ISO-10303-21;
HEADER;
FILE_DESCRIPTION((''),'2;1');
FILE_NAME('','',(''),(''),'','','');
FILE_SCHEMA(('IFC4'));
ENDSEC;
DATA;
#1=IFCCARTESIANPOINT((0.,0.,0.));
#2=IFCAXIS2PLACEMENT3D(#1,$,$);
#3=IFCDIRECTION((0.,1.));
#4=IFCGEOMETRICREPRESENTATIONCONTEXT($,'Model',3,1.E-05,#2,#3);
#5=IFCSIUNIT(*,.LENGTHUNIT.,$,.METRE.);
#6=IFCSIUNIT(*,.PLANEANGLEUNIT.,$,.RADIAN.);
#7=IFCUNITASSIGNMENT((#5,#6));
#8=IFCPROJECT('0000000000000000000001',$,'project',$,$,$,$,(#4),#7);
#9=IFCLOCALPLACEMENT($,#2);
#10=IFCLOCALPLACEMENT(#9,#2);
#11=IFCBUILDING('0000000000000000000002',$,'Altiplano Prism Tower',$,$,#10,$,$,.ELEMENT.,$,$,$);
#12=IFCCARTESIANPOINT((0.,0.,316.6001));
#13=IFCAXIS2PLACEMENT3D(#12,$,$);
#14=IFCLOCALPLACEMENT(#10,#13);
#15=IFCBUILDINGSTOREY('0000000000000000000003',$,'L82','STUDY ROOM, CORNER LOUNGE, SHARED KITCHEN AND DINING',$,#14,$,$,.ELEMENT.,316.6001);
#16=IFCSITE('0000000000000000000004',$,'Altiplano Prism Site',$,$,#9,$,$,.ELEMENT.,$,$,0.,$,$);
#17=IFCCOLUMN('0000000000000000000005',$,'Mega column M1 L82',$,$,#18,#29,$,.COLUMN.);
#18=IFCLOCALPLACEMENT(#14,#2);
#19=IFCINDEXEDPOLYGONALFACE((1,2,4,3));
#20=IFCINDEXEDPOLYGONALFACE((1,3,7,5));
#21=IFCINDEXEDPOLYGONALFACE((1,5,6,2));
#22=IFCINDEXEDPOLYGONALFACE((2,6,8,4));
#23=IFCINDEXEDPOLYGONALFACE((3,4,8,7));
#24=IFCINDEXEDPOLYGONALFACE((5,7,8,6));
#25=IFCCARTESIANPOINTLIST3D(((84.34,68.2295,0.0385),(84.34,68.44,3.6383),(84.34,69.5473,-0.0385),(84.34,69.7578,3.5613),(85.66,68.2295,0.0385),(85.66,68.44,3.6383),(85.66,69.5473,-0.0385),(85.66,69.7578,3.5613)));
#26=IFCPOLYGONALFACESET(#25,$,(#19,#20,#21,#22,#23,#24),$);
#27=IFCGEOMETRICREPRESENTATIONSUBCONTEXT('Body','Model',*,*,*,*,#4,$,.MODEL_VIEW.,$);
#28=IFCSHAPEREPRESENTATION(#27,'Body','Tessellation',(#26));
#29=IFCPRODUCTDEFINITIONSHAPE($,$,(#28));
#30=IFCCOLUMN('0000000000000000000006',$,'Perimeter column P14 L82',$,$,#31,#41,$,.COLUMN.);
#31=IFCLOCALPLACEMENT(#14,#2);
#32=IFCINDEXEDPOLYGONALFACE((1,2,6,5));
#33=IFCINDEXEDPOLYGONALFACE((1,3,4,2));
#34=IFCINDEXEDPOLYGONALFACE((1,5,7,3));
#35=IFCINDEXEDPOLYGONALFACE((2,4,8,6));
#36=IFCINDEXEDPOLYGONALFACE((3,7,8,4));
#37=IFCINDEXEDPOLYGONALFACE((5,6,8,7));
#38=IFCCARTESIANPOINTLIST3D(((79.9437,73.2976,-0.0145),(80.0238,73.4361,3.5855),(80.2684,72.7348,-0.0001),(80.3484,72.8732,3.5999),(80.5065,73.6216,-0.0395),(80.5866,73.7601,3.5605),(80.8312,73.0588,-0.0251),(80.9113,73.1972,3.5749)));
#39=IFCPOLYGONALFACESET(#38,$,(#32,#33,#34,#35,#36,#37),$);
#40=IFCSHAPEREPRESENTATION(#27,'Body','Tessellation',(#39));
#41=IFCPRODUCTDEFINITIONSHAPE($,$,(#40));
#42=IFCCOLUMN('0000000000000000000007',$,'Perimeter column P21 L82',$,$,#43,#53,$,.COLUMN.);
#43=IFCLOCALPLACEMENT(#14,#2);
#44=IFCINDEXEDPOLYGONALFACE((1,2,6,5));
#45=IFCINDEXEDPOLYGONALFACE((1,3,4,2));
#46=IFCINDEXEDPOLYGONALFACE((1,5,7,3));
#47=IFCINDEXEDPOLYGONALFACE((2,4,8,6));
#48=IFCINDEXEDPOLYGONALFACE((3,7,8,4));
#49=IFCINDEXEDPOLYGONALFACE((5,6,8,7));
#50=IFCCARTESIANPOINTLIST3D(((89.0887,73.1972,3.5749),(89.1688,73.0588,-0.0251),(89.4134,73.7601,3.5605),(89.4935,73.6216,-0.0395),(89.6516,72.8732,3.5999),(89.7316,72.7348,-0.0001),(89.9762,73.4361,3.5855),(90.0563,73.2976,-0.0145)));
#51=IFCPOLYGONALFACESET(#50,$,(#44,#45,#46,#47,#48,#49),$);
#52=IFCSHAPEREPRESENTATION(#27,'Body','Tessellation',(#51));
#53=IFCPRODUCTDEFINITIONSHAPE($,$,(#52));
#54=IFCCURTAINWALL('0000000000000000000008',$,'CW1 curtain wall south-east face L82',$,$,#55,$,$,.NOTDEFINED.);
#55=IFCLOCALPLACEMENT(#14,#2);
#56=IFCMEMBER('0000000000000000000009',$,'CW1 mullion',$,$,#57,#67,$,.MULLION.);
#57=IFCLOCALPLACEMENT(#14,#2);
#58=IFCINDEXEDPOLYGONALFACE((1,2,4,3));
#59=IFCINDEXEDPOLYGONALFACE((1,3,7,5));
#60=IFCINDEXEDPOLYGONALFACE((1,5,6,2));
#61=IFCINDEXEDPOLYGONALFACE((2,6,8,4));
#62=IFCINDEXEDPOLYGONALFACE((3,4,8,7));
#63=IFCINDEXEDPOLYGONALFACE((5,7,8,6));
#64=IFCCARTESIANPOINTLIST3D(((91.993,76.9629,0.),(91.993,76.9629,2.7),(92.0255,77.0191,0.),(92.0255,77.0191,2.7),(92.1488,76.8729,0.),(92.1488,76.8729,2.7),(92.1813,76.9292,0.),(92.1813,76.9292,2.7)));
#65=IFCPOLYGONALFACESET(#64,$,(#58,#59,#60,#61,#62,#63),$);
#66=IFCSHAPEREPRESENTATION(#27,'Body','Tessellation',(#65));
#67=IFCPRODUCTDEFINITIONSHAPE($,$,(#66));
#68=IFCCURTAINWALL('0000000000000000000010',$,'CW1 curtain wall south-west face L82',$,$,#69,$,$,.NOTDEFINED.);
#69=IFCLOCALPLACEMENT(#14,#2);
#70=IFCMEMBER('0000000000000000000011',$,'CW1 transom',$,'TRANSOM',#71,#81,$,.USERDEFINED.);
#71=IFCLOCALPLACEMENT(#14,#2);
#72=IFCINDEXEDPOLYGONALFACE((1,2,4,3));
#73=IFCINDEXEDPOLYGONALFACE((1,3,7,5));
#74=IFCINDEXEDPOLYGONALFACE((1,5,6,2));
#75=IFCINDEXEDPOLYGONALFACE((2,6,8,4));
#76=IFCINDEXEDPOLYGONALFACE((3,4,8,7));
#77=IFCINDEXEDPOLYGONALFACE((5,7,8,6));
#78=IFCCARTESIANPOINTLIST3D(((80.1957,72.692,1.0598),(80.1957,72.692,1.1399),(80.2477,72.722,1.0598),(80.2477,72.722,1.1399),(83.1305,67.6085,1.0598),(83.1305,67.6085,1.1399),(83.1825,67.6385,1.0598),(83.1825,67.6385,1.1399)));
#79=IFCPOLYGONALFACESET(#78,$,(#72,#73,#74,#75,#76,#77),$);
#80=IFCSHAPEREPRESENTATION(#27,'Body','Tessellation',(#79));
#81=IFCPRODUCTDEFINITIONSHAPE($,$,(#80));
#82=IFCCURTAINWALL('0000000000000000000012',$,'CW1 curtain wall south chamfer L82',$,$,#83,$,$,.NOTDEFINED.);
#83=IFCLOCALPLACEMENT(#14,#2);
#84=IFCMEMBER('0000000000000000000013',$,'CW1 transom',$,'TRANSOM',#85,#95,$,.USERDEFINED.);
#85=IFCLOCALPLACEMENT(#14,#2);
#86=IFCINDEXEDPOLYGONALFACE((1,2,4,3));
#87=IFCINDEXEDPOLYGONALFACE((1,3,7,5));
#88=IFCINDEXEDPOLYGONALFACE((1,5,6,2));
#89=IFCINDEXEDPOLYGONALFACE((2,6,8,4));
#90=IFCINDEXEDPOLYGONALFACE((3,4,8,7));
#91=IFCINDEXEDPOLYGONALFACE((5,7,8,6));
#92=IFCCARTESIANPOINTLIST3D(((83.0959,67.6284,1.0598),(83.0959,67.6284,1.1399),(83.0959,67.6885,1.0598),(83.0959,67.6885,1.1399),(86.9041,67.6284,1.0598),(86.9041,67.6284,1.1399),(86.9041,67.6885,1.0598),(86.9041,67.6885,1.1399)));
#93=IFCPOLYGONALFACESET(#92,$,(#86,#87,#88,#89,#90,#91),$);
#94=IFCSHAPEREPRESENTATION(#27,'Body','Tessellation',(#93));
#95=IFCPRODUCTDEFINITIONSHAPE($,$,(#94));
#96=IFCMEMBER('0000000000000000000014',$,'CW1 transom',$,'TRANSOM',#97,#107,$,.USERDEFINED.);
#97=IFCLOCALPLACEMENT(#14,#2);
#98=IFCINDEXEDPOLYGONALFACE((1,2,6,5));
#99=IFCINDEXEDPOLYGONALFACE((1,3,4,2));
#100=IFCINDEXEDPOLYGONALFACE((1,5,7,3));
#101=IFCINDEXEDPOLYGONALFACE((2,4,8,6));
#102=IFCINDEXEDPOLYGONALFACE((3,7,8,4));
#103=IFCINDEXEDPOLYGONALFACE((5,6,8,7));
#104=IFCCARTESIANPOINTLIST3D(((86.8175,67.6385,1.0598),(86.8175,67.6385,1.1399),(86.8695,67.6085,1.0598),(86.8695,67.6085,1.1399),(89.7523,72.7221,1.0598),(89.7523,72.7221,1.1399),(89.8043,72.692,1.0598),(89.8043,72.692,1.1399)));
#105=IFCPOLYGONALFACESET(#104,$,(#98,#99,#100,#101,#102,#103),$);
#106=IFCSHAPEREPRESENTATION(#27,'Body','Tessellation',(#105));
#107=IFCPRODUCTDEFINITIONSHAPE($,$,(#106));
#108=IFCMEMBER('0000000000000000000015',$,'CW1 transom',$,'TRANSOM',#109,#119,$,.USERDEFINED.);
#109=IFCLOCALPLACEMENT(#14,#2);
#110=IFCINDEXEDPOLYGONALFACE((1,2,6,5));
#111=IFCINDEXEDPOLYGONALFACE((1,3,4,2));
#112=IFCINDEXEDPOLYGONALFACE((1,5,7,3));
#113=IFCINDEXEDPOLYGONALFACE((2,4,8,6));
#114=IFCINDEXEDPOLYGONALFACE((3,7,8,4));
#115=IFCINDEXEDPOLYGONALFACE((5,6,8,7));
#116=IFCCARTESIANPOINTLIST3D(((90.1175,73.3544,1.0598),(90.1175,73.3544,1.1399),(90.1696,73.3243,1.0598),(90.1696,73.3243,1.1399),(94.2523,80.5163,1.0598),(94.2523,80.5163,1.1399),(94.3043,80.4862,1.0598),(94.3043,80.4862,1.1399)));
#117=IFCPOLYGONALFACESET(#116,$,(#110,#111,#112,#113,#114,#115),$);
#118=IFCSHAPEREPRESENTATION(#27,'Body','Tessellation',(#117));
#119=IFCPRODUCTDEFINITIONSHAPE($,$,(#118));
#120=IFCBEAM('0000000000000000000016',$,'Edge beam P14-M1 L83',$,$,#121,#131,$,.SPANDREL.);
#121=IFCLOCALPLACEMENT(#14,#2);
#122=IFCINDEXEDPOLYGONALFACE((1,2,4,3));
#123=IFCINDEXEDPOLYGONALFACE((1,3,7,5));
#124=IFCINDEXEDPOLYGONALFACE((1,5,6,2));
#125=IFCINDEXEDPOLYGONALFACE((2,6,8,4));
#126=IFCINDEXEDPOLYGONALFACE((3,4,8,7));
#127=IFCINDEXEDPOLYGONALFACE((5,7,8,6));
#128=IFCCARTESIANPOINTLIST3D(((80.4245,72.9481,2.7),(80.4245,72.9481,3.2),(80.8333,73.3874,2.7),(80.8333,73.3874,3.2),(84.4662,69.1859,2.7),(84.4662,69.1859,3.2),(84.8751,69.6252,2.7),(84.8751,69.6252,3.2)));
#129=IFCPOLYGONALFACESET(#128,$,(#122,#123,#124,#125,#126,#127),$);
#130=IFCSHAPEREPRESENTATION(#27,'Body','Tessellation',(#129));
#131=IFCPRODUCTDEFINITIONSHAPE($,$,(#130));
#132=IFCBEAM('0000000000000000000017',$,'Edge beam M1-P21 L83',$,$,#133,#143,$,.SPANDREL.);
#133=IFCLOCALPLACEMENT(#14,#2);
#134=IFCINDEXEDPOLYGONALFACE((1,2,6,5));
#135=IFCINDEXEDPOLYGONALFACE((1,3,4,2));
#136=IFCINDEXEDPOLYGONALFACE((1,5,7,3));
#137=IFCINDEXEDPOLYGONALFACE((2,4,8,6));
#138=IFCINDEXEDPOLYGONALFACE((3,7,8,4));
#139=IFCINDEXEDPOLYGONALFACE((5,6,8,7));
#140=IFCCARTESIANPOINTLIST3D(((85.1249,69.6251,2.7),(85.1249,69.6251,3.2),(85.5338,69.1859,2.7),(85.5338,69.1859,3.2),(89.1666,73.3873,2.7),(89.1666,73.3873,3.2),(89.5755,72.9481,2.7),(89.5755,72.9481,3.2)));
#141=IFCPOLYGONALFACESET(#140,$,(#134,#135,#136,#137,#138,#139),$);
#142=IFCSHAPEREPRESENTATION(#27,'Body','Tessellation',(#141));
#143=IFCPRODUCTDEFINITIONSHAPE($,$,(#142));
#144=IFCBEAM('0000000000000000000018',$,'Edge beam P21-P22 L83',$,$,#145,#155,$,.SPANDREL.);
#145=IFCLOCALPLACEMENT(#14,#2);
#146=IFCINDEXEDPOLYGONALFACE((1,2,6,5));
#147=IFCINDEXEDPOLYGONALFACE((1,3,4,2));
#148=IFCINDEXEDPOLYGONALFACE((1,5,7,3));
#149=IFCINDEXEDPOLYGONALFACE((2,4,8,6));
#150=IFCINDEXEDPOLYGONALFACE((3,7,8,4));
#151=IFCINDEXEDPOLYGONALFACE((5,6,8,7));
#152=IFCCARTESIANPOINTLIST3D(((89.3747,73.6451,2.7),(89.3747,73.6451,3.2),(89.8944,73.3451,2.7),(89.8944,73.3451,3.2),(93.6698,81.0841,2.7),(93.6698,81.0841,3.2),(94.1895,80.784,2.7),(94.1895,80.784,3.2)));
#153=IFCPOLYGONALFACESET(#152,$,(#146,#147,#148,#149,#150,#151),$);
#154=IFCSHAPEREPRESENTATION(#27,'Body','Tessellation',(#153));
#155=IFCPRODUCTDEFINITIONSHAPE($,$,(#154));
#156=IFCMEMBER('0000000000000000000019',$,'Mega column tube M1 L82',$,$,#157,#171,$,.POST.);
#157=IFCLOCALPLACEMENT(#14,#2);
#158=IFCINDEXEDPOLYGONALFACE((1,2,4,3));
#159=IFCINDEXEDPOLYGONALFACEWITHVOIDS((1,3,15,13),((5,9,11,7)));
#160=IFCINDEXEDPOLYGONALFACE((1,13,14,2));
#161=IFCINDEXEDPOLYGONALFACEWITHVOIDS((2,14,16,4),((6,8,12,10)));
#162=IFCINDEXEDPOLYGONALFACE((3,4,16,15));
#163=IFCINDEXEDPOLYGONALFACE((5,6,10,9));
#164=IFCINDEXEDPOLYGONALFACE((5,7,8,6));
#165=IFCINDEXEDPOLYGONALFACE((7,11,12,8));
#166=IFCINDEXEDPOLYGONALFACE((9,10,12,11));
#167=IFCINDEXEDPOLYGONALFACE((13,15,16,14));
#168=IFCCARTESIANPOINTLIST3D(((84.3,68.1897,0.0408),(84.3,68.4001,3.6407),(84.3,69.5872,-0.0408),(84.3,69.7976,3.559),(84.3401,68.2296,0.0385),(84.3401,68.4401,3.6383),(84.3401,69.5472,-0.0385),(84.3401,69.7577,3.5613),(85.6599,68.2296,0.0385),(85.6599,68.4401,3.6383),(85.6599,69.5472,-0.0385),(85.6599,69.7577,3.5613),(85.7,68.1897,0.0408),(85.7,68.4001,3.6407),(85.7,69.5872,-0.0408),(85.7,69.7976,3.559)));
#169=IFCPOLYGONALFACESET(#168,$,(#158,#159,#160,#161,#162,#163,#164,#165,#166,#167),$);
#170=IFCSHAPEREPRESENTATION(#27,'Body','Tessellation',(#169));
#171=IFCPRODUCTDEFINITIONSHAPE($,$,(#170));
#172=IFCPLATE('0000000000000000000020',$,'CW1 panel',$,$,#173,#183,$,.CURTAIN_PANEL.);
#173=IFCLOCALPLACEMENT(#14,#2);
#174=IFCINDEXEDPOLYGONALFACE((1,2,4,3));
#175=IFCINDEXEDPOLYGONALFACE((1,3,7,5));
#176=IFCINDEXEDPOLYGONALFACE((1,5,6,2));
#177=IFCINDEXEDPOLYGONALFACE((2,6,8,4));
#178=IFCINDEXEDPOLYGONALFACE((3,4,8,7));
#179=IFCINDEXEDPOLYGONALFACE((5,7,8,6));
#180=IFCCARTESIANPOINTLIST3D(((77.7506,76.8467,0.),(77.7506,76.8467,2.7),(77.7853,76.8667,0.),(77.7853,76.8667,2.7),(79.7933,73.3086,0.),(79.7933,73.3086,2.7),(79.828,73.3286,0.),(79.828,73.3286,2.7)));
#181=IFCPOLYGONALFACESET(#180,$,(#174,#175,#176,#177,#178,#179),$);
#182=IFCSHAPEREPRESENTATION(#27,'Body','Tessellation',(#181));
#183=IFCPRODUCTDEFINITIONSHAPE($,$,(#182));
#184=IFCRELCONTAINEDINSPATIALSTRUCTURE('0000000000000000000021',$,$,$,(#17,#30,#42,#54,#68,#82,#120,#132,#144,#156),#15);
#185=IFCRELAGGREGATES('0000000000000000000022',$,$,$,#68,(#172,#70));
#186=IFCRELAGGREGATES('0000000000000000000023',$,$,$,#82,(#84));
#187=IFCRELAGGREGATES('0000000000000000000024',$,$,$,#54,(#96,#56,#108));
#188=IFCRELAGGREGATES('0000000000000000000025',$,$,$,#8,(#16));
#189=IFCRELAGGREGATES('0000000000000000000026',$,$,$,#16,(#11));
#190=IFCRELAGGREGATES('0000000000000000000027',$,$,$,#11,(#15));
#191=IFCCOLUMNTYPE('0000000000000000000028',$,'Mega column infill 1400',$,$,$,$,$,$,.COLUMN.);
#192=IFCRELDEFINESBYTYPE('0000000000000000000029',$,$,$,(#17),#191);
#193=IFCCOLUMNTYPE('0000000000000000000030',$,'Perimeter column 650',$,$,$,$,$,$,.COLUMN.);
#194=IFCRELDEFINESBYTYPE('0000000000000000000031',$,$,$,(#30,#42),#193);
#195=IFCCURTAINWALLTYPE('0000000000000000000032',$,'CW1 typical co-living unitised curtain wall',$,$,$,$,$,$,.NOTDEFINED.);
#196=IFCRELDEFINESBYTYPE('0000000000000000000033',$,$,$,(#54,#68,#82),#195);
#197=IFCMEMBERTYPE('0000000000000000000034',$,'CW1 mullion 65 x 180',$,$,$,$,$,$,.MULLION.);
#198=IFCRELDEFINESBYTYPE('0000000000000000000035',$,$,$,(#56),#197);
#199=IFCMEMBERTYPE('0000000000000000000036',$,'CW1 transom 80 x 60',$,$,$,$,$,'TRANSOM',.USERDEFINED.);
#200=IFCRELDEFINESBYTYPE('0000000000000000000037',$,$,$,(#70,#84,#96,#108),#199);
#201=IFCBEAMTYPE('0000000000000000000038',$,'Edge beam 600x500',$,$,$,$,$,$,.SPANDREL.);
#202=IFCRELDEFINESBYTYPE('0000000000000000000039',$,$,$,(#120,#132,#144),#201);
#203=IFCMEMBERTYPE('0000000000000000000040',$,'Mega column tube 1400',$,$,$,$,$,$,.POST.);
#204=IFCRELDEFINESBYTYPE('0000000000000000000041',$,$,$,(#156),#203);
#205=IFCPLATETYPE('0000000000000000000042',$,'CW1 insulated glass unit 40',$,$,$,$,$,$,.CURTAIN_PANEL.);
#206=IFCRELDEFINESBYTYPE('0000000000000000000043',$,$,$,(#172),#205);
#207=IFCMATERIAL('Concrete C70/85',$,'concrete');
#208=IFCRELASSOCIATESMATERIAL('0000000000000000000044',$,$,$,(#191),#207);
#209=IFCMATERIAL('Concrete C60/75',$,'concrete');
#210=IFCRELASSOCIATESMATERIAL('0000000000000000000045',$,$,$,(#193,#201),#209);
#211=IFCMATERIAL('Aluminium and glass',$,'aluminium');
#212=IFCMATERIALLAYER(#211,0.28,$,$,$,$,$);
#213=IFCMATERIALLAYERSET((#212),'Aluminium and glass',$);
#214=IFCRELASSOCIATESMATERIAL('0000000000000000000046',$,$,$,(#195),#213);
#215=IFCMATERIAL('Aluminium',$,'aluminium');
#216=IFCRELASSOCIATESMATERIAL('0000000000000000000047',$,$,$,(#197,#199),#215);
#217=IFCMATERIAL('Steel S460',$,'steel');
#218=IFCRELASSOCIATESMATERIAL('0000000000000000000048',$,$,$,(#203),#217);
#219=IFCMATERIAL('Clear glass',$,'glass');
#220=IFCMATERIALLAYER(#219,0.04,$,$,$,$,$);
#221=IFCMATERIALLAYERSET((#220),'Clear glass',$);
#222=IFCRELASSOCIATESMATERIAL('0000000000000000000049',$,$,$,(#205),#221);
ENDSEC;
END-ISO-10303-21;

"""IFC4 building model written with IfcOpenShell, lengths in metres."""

from ifc_helpers import new_model, si_unit, direction, frame, origin, origin_2d, place, context, subcontext, project, spatial, rectangle, hollow_rectangle, extrude, material, layer, layer_set, material_profile, profile_set, type_object, element, aggregate, save


model = new_model("IFC4")

# Units and contexts
model_context = context("Model", 3, precision=1e-05, world=origin(), true_north=direction((0.0, 1.0)))
body_context = subcontext(model_context, "Body", "Model", "MODEL_VIEW")
ifc_project = project(units=[si_unit("LENGTHUNIT", "METRE"), si_unit("PLANEANGLEUNIT", "RADIAN")], contexts=[model_context])

# Site, building, storey
site_placement = place(None, origin())
site = spatial("IfcSite", under=ifc_project, at=site_placement, Name="Altiplano Prism Site", CompositionType="ELEMENT", RefElevation=0.0)
building_placement = place(site_placement, origin())
building = spatial("IfcBuilding", under=site, at=building_placement, Name="Altiplano Prism Tower", CompositionType="ELEMENT")
storey_placement = place(building_placement, frame((0.0, 0.0, 316.6001)))
storey = spatial("IfcBuildingStorey", under=building, at=storey_placement, Name="L82", Description="STUDY ROOM, CORNER LOUNGE, SHARED KITCHEN AND DINING", CompositionType="ELEMENT", Elevation=316.6001)

# Columns
ifc_material_1 = material(Name="Concrete C70/85", Category="concrete")
ifc_material_profile_1 = material_profile(ifc_material_1, rectangle(XDim=1.3201, YDim=1.3201, at=origin_2d()), Name="Mega column infill 1400")
ifc_profile_set_1 = profile_set([ifc_material_profile_1], Name="Concrete C70/85")
column_type_1 = type_object("IfcColumnType", Name="Mega column infill 1400", PredefinedType="COLUMN", material=ifc_profile_set_1)
column_placement = place(storey_placement, frame((85.0, 68.8884, 0.0), z_axis=(0.0, 0.058361, 0.998296), x_axis=(-1.0, 0.0, 0.0)))
element("IfcColumn", 1, at=column_placement, inside=storey, type_object=column_type_1, Name="Mega column M1 L82", PredefinedType="COLUMN", context=body_context, shape_type="SweptSolid", body=[
    extrude(rectangle(XDim=1.3201, YDim=1.3201, at=origin_2d()), origin(), (0.0, 0.0, 1.0), 3.606),
])
ifc_material_2 = material(Name="Concrete C60/75", Category="concrete")
ifc_material_profile_2 = material_profile(ifc_material_2, rectangle(XDim=0.6499, YDim=0.6499, at=origin_2d()), Name="Perimeter column 650")
ifc_profile_set_2 = profile_set([ifc_material_profile_2], Name="Concrete C60/75")
column_type_2 = type_object("IfcColumnType", Name="Perimeter column 650", PredefinedType="COLUMN", material=ifc_profile_set_2)
for number, where, z_axis, x_axis, name in (
    (2, (80.3875, 73.1782, -0.0198), (0.022223, 0.038416, 0.999015), (-0.866021, -0.498528, 0.038435), "Perimeter column P14 L82"),
    (3, (89.6125, 73.1782, -0.0198), (-0.022223, 0.038416, 0.999015), (-0.499513, -0.866022, 0.02219), "Perimeter column P21 L82"),
):
    element("IfcColumn", number, at=place(storey_placement, frame(where, z_axis=z_axis, x_axis=x_axis)), inside=storey, type_object=column_type_2, Name=name, PredefinedType="COLUMN", context=body_context, shape_type="SweptSolid", body=[
        extrude(rectangle(XDim=0.6499, YDim=0.6499, at=origin_2d()), origin(), (0.0, 0.0, 1.0), 3.6035),
    ])

# Curtain walls, members
ifc_material_3 = material(Name="Aluminium and glass", Category="aluminium")
ifc_layer_1 = layer(ifc_material_3, 0.28)
ifc_layer_set_1 = layer_set([ifc_layer_1], Name="Aluminium and glass")
curtain_wall_type = type_object("IfcCurtainWallType", Name="CW1 typical co-living unitised curtain wall", PredefinedType="NOTDEFINED", material=ifc_layer_set_1)
curtain_wall_1_placement = place(storey_placement, origin())
curtain_wall_1 = element("IfcCurtainWall", 4, at=curtain_wall_1_placement, inside=storey, type_object=curtain_wall_type, Name="CW1 curtain wall south-east face L82", PredefinedType="NOTDEFINED")
ifc_material_4 = material(Name="Aluminium", Category="aluminium")
ifc_material_profile_3 = material_profile(ifc_material_4, rectangle(XDim=0.1799, YDim=0.0649, at=origin_2d()), Name="CW1 mullion 65 x 180")
ifc_profile_set_3 = profile_set([ifc_material_profile_3], Name="Aluminium")
member_type_1 = type_object("IfcMemberType", Name="CW1 mullion 65 x 180", PredefinedType="MULLION", material=ifc_profile_set_3)
member_1_placement = place(storey_placement, frame((92.0872, 76.946, 0.0), z_axis=(0.0, 0.0, 1.0), x_axis=(-0.866025, 0.5, 0.0)))
member_1 = element("IfcMember", 5, at=member_1_placement, type_object=member_type_1, Name="CW1 mullion", PredefinedType="MULLION", context=body_context, shape_type="SweptSolid", body=[
    extrude(rectangle(XDim=0.1799, YDim=0.0649, at=origin_2d()), origin(), (0.0, 0.0, 1.0), 2.7),
])
curtain_wall_2_placement = place(storey_placement, origin())
curtain_wall_2 = element("IfcCurtainWall", 6, at=curtain_wall_2_placement, inside=storey, type_object=curtain_wall_type, Name="CW1 curtain wall south-west face L82", PredefinedType="NOTDEFINED")
ifc_material_profile_4 = material_profile(ifc_material_4, rectangle(XDim=0.0601, YDim=0.0801, at=origin_2d()), Name="CW1 transom 80 x 60")
ifc_profile_set_4 = profile_set([ifc_material_profile_4], Name="Aluminium")
member_type_2 = type_object("IfcMemberType", Name="CW1 transom 80 x 60", ElementType="TRANSOM", PredefinedType="USERDEFINED", material=ifc_profile_set_4)
member_2_placement = place(storey_placement, frame((80.2217, 72.707, 1.0999), z_axis=(0.499982, -0.866036, 0.0), x_axis=(0.866036, 0.499982, 0.0)))
member_2 = element("IfcMember", 7, at=member_2_placement, type_object=member_type_2, Name="CW1 transom", ObjectType="TRANSOM", PredefinedType="USERDEFINED", context=body_context, shape_type="SweptSolid", body=[
    extrude(rectangle(XDim=0.0601, YDim=0.0801, at=origin_2d()), origin(), (0.0, 0.0, 1.0), 5.8699),
])
curtain_wall_3_placement = place(storey_placement, origin())
curtain_wall_3 = element("IfcCurtainWall", 8, at=curtain_wall_3_placement, inside=storey, type_object=curtain_wall_type, Name="CW1 curtain wall south chamfer L82", PredefinedType="NOTDEFINED")
member_3_placement = place(storey_placement, frame((83.0959, 67.6584, 1.0999), z_axis=(1.0, 0.0, 0.0), x_axis=(0.0, 1.0, 0.0)))
member_3 = element("IfcMember", 9, at=member_3_placement, type_object=member_type_2, Name="CW1 transom", ObjectType="TRANSOM", PredefinedType="USERDEFINED", context=body_context, shape_type="SweptSolid", body=[
    extrude(rectangle(XDim=0.0601, YDim=0.0801, at=origin_2d()), origin(), (0.0, 0.0, 1.0), 3.8081),
])

# Members
member_4_placement = place(storey_placement, frame((86.8435, 67.6235, 1.0999), z_axis=(0.499982, 0.866036, 0.0), x_axis=(-0.866036, 0.499982, 0.0)))
member_4 = element("IfcMember", 10, at=member_4_placement, type_object=member_type_2, Name="CW1 transom", ObjectType="TRANSOM", PredefinedType="USERDEFINED", context=body_context, shape_type="SweptSolid", body=[
    extrude(rectangle(XDim=0.0601, YDim=0.0801, at=origin_2d()), origin(), (0.0, 0.0, 1.0), 5.8699),
])
member_5_placement = place(storey_placement, frame((90.1436, 73.3394, 1.0999), z_axis=(0.499987, 0.866033, 0.0), x_axis=(-0.866033, 0.499987, 0.0)))
member_5 = element("IfcMember", 11, at=member_5_placement, type_object=member_type_2, Name="CW1 transom", ObjectType="TRANSOM", PredefinedType="USERDEFINED", context=body_context, shape_type="SweptSolid", body=[
    extrude(rectangle(XDim=0.0601, YDim=0.0801, at=origin_2d()), origin(), (0.0, 0.0, 1.0), 8.2698),
])

# Beams
ifc_material_profile_5 = material_profile(ifc_material_2, rectangle(XDim=0.6001, YDim=0.5, at=origin_2d()), Name="Edge beam 600x500")
ifc_profile_set_5 = profile_set([ifc_material_profile_5], Name="Concrete C60/75")
beam_type = type_object("IfcBeamType", Name="Edge beam 600x500", PredefinedType="SPANDREL", material=ifc_profile_set_5)
for number, where, z_axis, x_axis, name in (
    (12, (80.6289, 73.1677, 2.95), (0.731966, -0.681341, 0.0), (0.681341, 0.731966, 0.0), "Edge beam P14-M1 L83"),
    (13, (85.3293, 69.4055, 2.95), (0.731966, 0.681341, 0.0), (-0.681341, 0.731966, 0.0), "Edge beam M1-P21 L83"),
):
    element("IfcBeam", number, at=place(storey_placement, frame(where, z_axis=z_axis, x_axis=x_axis)), inside=storey, type_object=beam_type, Name=name, PredefinedType="SPANDREL", context=body_context, shape_type="SweptSolid", body=[
        extrude(rectangle(XDim=0.6001, YDim=0.5, at=origin_2d()), origin(), (0.0, 0.0, 1.0), 5.5217),
    ])
beam_placement = place(storey_placement, frame((89.6345, 73.4951, 2.95), z_axis=(0.500024, 0.866011, 0.0), x_axis=(-0.866011, 0.500024, 0.0)))
element("IfcBeam", 14, at=beam_placement, inside=storey, type_object=beam_type, Name="Edge beam P21-P22 L83", PredefinedType="SPANDREL", context=body_context, shape_type="SweptSolid", body=[
    extrude(rectangle(XDim=0.6001, YDim=0.5, at=origin_2d()), origin(), (0.0, 0.0, 1.0), 8.5898),
])

# Member
ifc_material_5 = material(Name="Steel S460", Category="steel")
ifc_material_profile_6 = material_profile(ifc_material_5, hollow_rectangle(XDim=1.3999, YDim=1.3999, WallThickness=0.04, at=origin_2d()), Name="Mega column tube 1400")
ifc_profile_set_6 = profile_set([ifc_material_profile_6], Name="Steel S460")
member_type_3 = type_object("IfcMemberType", Name="Mega column tube 1400", PredefinedType="POST", material=ifc_profile_set_6)
member_6_placement = place(storey_placement, frame((85.0, 68.8884, 0.0), z_axis=(0.0, 0.058361, 0.998296), x_axis=(-1.0, 0.0, 0.0)))
element("IfcMember", 15, at=member_6_placement, inside=storey, type_object=member_type_3, Name="Mega column tube M1 L82", PredefinedType="POST", context=body_context, shape_type="SweptSolid", body=[
    extrude(hollow_rectangle(XDim=1.3999, YDim=1.3999, WallThickness=0.04, at=origin_2d()), origin(), (0.0, 0.0, 1.0), 3.606),
])

# Plate
ifc_material_6 = material(Name="Clear glass", Category="glass")
ifc_layer_2 = layer(ifc_material_6, 0.04)
ifc_layer_set_2 = layer_set([ifc_layer_2], Name="Clear glass")
plate_type = type_object("IfcPlateType", Name="CW1 insulated glass unit 40", PredefinedType="CURTAIN_PANEL", material=ifc_layer_set_2)
plate_1_placement = place(storey_placement, frame((78.7893, 75.0876, 0.0), z_axis=(0.0, 0.0, 1.0), x_axis=(0.5, -0.866025, 0.0)))
plate_1 = element("IfcPlate", 16, at=plate_1_placement, type_object=plate_type, Name="CW1 panel", PredefinedType="CURTAIN_PANEL", context=body_context, shape_type="SweptSolid", body=[
    extrude(rectangle(XDim=4.0854, YDim=0.04, at=origin_2d()), origin(), (0.0, 0.0, 1.0), 2.7),
])
aggregate(curtain_wall_2, [plate_1, member_2])
aggregate(curtain_wall_3, [member_3])
aggregate(curtain_wall_1, [member_4, member_1, member_5])

save(model, "model.ifc")
